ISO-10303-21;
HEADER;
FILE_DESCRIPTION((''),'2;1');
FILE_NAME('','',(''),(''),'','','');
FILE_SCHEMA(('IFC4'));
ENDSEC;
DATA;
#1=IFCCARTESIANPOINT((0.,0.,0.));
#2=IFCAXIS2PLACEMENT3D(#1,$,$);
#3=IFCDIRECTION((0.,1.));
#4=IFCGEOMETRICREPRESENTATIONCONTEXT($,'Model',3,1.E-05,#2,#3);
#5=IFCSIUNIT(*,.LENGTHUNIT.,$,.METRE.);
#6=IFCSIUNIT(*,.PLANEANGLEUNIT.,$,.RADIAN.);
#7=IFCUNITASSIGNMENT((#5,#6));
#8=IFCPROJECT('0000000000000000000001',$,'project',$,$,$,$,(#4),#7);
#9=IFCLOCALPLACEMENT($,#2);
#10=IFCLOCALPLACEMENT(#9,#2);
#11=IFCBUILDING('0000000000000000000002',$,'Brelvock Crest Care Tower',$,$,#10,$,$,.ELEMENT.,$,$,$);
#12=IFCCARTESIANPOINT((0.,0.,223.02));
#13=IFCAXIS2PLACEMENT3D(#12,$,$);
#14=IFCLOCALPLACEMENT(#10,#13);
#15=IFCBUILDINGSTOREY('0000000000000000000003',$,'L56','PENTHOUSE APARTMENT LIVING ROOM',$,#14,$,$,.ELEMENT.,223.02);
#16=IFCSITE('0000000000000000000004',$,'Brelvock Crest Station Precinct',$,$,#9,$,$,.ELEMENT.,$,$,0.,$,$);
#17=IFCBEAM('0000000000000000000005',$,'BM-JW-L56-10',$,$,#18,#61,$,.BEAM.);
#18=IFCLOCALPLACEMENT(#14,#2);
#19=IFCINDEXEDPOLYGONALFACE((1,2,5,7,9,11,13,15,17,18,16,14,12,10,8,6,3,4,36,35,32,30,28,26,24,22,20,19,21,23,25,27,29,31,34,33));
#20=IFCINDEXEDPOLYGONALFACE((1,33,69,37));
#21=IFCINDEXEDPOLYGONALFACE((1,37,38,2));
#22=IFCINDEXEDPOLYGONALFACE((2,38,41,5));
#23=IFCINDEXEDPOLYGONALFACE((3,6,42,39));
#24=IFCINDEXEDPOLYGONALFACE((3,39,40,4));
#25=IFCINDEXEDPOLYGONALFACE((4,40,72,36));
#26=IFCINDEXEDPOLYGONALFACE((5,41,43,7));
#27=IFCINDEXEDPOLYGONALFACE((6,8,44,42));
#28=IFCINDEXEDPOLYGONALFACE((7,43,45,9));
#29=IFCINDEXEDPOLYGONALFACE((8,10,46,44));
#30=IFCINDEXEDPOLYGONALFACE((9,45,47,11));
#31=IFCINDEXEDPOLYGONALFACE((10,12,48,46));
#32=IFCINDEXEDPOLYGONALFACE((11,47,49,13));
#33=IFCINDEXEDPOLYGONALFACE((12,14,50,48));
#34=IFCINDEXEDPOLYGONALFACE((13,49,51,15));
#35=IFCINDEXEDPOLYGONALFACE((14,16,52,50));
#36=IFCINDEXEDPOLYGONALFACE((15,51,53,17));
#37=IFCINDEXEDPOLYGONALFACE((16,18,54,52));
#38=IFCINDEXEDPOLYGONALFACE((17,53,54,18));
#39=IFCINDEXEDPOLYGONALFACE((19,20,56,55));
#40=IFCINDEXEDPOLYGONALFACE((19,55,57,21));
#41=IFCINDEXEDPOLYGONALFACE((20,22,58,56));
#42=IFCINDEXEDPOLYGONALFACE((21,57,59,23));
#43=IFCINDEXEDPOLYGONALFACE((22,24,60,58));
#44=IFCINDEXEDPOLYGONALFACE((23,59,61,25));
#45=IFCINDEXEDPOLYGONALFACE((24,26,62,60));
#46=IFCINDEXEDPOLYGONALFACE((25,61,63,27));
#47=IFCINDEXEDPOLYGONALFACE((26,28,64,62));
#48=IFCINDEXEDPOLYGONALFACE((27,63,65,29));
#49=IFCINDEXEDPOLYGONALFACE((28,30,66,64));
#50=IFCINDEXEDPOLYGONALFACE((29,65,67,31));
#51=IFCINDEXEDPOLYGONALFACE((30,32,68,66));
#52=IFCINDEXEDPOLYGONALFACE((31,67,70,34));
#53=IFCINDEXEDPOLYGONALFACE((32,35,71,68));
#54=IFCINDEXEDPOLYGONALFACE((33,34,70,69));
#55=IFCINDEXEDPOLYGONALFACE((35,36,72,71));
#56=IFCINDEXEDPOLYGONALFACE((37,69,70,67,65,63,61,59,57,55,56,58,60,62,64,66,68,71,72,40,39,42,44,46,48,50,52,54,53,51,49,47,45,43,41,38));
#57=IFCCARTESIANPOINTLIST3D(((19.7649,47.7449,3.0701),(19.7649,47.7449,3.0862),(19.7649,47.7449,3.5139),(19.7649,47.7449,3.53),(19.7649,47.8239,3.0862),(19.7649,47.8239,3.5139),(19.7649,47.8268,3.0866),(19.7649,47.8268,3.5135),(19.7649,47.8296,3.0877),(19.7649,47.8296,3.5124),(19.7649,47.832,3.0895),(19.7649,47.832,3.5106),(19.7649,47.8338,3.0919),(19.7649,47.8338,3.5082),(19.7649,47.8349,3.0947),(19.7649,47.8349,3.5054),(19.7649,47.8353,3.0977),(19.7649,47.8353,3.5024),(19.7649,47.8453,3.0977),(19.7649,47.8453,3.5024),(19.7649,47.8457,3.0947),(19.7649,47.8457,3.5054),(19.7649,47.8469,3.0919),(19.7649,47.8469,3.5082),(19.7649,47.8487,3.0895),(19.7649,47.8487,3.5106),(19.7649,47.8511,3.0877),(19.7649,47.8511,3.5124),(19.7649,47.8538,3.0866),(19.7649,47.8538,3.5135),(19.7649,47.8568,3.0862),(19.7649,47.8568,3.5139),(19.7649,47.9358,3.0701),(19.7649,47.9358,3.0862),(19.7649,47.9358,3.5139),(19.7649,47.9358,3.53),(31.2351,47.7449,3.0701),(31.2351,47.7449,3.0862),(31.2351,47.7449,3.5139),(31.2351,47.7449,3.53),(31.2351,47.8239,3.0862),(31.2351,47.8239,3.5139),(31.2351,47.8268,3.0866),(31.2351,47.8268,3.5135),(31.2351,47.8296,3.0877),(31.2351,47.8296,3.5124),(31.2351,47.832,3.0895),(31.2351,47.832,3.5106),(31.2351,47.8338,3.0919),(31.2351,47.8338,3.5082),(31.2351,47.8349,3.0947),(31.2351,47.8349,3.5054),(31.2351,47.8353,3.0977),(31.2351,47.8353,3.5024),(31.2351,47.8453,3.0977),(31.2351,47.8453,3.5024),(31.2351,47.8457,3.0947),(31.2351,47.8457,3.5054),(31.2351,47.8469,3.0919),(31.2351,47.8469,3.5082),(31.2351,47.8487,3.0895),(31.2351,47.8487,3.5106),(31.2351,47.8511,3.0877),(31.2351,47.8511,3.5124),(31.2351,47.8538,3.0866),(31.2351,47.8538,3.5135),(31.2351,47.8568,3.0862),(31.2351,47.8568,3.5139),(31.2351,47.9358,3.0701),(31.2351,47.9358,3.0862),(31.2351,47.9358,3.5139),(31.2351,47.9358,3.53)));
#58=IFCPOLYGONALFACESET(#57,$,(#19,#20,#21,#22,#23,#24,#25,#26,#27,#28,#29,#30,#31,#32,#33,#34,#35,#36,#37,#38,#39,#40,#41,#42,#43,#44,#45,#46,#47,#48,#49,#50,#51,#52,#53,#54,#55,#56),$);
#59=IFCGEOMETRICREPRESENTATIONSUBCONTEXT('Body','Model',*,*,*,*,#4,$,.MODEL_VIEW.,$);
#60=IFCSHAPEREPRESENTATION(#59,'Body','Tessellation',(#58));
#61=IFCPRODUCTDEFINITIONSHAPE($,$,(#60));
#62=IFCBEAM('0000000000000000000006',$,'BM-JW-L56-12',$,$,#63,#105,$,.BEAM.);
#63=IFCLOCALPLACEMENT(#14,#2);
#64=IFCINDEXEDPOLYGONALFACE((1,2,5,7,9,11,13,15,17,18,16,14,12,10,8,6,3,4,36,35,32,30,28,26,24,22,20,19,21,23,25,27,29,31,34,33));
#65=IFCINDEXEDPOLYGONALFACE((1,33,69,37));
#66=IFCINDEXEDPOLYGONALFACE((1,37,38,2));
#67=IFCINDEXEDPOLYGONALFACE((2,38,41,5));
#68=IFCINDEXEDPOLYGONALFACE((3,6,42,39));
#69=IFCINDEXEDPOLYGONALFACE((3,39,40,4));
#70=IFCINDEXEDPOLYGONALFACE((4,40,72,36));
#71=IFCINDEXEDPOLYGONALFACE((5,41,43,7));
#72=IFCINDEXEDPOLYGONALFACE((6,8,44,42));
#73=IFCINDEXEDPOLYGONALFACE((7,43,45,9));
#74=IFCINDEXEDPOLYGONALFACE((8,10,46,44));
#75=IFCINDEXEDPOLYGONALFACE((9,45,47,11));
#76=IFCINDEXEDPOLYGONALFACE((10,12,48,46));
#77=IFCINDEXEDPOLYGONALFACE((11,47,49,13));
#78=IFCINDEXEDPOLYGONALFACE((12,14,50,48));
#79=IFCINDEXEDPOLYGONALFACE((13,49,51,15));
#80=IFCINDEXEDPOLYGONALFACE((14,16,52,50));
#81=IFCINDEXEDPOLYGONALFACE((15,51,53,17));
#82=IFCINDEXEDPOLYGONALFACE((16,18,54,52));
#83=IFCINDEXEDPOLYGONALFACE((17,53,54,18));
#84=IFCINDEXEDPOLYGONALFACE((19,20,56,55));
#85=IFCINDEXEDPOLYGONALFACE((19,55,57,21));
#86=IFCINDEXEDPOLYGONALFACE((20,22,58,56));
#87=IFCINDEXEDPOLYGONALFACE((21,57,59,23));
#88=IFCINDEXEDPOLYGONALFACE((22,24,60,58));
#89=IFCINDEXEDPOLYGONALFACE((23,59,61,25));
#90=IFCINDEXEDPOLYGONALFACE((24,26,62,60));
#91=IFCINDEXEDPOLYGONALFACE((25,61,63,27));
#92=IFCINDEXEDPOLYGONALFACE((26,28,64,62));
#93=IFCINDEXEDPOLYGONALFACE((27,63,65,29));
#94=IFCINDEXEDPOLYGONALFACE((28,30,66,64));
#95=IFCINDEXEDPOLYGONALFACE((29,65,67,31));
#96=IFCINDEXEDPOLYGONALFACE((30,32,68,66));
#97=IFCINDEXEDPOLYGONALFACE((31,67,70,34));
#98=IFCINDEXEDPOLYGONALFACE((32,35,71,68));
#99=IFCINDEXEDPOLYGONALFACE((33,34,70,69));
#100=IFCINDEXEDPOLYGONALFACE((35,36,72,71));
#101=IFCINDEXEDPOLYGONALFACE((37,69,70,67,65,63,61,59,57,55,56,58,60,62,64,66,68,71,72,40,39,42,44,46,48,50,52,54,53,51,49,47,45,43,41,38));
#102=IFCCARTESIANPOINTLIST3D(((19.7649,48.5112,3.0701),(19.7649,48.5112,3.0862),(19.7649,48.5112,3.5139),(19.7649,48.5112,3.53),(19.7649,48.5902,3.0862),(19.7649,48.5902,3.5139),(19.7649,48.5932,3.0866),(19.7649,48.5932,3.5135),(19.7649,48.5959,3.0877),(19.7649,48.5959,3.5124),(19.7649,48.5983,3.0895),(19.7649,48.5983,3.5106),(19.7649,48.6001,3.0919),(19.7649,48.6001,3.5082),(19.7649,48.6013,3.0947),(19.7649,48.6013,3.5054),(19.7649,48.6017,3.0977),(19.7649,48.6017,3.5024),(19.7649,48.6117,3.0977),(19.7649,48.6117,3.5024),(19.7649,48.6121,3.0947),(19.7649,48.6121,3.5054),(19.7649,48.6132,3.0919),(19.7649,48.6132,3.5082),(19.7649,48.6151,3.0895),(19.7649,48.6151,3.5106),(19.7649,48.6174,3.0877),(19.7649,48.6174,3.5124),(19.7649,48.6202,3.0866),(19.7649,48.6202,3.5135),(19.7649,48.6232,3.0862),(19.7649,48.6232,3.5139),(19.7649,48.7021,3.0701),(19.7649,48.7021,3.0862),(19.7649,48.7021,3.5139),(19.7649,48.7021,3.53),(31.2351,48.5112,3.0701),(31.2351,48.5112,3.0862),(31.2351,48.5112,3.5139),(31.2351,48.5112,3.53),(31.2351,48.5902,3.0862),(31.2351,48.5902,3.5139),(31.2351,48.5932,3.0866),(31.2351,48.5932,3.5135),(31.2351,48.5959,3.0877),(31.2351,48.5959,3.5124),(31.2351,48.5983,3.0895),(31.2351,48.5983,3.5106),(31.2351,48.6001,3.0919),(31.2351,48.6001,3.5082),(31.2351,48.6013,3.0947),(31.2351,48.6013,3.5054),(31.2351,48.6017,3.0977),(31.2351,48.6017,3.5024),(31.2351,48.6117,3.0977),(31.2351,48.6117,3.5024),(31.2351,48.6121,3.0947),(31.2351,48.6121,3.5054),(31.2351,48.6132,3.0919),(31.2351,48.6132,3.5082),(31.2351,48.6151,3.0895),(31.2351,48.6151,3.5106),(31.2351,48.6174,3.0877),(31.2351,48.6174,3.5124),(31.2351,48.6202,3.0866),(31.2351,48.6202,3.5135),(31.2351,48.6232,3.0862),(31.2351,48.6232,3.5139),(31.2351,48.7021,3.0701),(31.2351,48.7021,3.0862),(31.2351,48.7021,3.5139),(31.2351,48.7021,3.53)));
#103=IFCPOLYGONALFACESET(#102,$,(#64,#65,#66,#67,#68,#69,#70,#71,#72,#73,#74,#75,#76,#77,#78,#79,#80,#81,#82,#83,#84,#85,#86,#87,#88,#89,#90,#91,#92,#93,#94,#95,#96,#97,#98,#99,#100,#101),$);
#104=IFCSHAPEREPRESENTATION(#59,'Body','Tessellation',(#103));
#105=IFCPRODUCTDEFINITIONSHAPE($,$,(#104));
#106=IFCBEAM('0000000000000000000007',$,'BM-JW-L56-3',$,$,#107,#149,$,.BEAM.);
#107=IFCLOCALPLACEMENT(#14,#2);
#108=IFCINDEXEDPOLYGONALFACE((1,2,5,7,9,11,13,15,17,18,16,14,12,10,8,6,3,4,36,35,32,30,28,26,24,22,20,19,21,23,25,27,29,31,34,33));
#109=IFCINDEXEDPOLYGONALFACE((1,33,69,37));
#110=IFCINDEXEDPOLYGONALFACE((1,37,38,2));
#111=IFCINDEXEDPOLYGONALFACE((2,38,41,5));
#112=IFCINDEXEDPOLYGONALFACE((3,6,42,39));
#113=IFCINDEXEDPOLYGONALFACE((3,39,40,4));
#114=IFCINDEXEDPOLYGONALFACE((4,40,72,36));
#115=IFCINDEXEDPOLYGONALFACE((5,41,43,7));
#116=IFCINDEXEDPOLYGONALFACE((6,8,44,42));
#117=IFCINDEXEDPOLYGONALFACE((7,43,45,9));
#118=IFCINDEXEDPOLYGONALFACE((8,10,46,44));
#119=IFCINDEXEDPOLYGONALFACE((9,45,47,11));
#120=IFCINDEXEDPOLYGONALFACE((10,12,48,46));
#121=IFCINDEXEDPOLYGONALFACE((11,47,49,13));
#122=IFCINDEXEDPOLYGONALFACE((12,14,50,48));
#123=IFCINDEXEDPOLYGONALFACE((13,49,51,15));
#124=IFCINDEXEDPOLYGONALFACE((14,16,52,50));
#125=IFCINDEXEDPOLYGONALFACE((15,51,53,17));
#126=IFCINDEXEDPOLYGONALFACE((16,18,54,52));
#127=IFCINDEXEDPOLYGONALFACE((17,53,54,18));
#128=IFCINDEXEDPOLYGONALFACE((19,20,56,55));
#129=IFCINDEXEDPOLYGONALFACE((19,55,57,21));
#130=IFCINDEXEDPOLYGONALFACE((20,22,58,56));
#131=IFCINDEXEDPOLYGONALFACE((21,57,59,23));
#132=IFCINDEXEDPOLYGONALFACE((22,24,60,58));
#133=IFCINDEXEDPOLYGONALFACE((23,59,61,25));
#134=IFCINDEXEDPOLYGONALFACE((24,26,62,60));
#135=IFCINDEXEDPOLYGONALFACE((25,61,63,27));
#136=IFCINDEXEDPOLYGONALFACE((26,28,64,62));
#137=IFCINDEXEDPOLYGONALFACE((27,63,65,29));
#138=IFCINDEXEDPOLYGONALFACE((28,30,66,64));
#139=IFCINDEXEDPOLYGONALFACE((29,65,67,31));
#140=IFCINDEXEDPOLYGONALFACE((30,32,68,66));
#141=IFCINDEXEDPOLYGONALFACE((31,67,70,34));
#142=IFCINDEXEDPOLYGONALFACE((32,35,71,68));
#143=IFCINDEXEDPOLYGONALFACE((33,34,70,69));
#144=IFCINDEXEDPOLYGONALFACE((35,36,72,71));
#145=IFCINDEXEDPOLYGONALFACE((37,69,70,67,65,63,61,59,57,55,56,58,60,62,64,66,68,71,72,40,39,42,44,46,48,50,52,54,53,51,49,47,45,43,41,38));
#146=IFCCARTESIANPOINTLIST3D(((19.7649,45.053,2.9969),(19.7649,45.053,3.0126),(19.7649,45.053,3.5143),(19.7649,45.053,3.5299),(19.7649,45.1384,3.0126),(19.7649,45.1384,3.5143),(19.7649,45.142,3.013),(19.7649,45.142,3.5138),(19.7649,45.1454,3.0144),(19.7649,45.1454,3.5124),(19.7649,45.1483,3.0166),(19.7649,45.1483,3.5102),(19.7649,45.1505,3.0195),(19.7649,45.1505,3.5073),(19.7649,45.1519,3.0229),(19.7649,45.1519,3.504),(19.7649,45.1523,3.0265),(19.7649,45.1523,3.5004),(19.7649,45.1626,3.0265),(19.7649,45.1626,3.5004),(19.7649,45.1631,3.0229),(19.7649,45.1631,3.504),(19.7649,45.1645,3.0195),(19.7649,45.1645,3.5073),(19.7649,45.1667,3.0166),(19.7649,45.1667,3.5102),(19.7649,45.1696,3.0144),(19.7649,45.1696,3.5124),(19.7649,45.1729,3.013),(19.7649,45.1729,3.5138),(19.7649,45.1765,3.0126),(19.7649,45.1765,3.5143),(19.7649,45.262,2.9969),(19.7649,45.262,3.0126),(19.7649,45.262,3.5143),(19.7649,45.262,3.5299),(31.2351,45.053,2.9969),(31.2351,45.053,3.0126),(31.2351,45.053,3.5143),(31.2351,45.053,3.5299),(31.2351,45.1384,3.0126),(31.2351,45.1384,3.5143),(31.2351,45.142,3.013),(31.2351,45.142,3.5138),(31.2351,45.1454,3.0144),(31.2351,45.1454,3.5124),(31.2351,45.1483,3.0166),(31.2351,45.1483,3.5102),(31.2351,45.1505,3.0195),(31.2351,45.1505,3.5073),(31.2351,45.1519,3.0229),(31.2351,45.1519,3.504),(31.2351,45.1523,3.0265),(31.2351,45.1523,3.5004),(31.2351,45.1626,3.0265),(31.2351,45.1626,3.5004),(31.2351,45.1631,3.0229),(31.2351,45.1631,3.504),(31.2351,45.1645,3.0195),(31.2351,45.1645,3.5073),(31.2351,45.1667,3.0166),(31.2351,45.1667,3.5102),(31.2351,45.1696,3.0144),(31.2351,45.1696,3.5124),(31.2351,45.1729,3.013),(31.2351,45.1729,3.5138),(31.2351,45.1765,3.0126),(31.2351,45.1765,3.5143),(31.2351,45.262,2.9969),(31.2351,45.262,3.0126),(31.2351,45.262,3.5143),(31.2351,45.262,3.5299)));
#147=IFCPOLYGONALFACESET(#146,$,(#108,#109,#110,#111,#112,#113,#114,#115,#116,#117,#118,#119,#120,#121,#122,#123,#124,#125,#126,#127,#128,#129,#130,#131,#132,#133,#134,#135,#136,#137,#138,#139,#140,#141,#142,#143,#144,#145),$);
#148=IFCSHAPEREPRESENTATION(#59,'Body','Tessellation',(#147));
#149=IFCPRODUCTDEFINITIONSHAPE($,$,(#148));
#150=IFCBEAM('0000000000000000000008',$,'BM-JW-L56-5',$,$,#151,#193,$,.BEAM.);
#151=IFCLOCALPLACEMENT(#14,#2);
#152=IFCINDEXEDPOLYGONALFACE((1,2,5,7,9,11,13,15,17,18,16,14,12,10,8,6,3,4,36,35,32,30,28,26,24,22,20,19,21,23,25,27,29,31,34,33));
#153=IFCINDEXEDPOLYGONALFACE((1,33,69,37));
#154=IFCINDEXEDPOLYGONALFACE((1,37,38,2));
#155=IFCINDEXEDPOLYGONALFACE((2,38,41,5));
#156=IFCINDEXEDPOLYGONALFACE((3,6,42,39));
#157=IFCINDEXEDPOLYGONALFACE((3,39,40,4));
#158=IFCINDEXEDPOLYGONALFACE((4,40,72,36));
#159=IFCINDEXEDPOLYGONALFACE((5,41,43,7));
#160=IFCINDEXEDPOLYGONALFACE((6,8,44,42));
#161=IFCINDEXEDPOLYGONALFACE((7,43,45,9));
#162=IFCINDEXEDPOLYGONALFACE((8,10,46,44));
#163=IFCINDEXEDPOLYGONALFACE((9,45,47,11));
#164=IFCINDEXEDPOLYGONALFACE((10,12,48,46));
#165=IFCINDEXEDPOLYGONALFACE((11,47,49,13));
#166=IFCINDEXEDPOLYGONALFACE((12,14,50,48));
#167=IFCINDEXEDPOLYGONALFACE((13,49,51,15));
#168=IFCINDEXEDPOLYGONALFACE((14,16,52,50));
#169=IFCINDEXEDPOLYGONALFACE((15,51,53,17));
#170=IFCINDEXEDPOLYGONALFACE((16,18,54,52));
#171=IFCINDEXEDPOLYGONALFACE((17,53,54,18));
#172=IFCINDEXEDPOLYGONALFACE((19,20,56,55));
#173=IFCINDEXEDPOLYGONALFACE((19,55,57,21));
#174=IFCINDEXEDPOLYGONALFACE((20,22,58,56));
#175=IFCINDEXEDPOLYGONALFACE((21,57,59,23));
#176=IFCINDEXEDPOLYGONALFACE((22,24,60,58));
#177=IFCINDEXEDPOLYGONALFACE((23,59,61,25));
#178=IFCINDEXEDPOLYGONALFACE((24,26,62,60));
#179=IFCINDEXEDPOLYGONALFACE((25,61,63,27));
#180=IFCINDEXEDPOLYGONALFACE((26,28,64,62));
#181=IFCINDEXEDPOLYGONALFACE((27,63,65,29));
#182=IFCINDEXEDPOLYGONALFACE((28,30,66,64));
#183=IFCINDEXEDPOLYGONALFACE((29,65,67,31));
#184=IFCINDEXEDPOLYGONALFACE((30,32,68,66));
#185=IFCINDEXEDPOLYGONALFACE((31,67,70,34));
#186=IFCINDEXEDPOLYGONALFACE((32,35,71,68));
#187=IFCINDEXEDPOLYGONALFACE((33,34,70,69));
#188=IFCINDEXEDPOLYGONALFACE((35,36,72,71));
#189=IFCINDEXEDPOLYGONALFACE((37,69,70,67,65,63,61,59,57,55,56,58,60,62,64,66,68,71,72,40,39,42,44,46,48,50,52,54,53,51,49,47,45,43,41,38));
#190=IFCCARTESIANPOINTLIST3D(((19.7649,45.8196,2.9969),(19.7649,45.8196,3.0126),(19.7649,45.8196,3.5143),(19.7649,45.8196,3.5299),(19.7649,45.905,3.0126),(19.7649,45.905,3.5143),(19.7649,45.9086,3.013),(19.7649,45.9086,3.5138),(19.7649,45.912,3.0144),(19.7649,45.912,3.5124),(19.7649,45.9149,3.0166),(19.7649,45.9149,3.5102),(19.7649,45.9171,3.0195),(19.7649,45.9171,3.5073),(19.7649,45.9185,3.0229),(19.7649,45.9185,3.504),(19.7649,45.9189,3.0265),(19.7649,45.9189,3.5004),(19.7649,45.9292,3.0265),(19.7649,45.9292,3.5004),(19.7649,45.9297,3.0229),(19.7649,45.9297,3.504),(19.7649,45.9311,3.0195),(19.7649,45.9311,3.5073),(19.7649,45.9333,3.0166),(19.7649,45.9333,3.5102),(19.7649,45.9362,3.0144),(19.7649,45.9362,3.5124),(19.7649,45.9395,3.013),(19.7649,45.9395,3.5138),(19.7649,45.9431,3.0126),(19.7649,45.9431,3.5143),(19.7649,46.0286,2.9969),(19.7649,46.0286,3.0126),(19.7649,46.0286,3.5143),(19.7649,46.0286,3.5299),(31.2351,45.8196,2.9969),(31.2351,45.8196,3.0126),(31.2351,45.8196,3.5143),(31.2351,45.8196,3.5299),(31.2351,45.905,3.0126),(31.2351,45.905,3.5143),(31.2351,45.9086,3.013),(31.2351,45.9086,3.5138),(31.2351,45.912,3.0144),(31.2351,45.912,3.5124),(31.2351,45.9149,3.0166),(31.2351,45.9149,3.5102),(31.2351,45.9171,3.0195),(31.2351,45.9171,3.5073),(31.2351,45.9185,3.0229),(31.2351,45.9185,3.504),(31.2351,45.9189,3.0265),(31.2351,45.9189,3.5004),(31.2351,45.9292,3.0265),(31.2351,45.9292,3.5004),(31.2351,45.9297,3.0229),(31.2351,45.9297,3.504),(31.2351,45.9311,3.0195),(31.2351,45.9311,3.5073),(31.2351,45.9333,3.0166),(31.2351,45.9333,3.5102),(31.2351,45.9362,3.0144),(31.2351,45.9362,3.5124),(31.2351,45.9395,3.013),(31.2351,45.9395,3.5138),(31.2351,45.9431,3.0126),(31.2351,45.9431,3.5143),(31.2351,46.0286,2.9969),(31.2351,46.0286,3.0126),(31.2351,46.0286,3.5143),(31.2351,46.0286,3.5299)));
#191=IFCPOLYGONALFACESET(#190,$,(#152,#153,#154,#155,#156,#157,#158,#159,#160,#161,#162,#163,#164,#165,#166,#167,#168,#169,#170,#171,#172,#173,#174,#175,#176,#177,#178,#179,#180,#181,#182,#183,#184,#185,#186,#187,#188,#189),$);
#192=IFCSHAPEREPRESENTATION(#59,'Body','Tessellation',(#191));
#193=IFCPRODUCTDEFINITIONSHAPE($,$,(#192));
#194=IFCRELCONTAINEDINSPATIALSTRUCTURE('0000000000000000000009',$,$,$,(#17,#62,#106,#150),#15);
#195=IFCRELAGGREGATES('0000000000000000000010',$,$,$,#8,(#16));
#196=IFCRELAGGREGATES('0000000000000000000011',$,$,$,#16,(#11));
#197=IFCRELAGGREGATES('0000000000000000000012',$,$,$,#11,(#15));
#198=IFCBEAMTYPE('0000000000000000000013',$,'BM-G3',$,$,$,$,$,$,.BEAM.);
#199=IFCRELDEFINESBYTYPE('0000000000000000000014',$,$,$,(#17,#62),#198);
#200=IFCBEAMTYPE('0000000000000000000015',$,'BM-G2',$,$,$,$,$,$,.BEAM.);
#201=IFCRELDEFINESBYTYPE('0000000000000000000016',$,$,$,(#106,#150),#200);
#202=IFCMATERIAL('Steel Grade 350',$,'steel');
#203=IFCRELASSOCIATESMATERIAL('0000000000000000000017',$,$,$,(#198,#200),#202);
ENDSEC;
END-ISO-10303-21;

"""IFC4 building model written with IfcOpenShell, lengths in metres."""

from ifc_helpers import new_model, si_unit, direction, frame, origin, origin_2d, place, context, subcontext, project, spatial, i_section, extrude, source, transform, mapped, material, material_profile, profile_set, type_object, element, save


model = new_model("IFC4")

# Units and contexts
model_context = context("Model", 3, precision=1e-05, world=origin(), true_north=direction((0.0, 1.0)))
body_context = subcontext(model_context, "Body", "Model", "MODEL_VIEW")
ifc_project = project(units=[si_unit("LENGTHUNIT", "METRE"), si_unit("PLANEANGLEUNIT", "RADIAN")], contexts=[model_context])

# Site, building, storey
site_placement = place(None, origin())
site = spatial("IfcSite", under=ifc_project, at=site_placement, Name="Brelvock Crest Station Precinct", CompositionType="ELEMENT", RefElevation=0.0)
building_placement = place(site_placement, origin())
building = spatial("IfcBuilding", under=site, at=building_placement, Name="Brelvock Crest Care Tower", CompositionType="ELEMENT")
storey_placement = place(building_placement, frame((0.0, 0.0, 223.02)))
storey = spatial("IfcBuildingStorey", under=building, at=storey_placement, Name="L56", Description="PENTHOUSE APARTMENT LIVING ROOM", CompositionType="ELEMENT", Elevation=223.02)

# Beams
ifc_material_1 = material(Name="Steel Grade 350", Category="steel")
ifc_material_profile_1 = material_profile(ifc_material_1, i_section(OverallWidth=0.1909, OverallDepth=0.46, WebThickness=0.01, FlangeThickness=0.0161, FilletRadius=0.0115, at=origin_2d()), Name="460UB82.1")
ifc_profile_set_1 = profile_set([ifc_material_profile_1], Name="Steel Grade 350")
beam_type_1 = type_object("IfcBeamType", Name="BM-G3", PredefinedType="BEAM", material=ifc_profile_set_1)
shared_shape_1 = source(origin(), body_context, "Body", "SweptSolid", [
    extrude(i_section(OverallWidth=0.1909, OverallDepth=0.46, WebThickness=0.01, FlangeThickness=0.0161, FilletRadius=0.0115, at=origin_2d()), origin(), (0.0, 0.0, 1.0), 11.4702),
])
for number, where, z_axis, x_axis, name in (
    (1, (19.7649, 47.8403, 3.3), (1.0, 0.0, 0.0), (0.0, 1.0, 0.0), "BM-JW-L56-10"),
    (2, (19.7649, 48.6067, 3.3), (1.0, 0.0, 0.0), (0.0, 1.0, 0.0), "BM-JW-L56-12"),
):
    element("IfcBeam", number, at=place(storey_placement, frame(where, z_axis=z_axis, x_axis=x_axis)), inside=storey, type_object=beam_type_1, Name=name, PredefinedType="BEAM", context=body_context, shape_type="MappedRepresentation", body=[
        mapped(shared_shape_1, transform((0.0, 0.0, 0.0), x_axis=(1.0, 0.0, 0.0), y_axis=(0.0, 1.0, 0.0), z_axis=(0.0, 0.0, 1.0), scale=1.0)),
    ])
ifc_material_profile_2 = material_profile(ifc_material_1, i_section(OverallWidth=0.209, OverallDepth=0.533, WebThickness=0.0103, FlangeThickness=0.0156, FilletRadius=0.0139, at=origin_2d()), Name="530UB92.4")
ifc_profile_set_2 = profile_set([ifc_material_profile_2], Name="Steel Grade 350")
beam_type_2 = type_object("IfcBeamType", Name="BM-G2", PredefinedType="BEAM", material=ifc_profile_set_2)
shared_shape_2 = source(origin(), body_context, "Body", "SweptSolid", [
    extrude(i_section(OverallWidth=0.209, OverallDepth=0.533, WebThickness=0.0103, FlangeThickness=0.0156, FilletRadius=0.0139, at=origin_2d()), origin(), (0.0, 0.0, 1.0), 11.4702),
])
for number, where, z_axis, x_axis, name in (
    (3, (19.7649, 45.1575, 3.2634), (1.0, 0.0, 0.0), (0.0, 1.0, 0.0), "BM-JW-L56-3"),
    (4, (19.7649, 45.9241, 3.2634), (1.0, 0.0, 0.0), (0.0, 1.0, 0.0), "BM-JW-L56-5"),
):
    element("IfcBeam", number, at=place(storey_placement, frame(where, z_axis=z_axis, x_axis=x_axis)), inside=storey, type_object=beam_type_2, Name=name, PredefinedType="BEAM", context=body_context, shape_type="MappedRepresentation", body=[
        mapped(shared_shape_2, transform((0.0, 0.0, 0.0), x_axis=(1.0, 0.0, 0.0), y_axis=(0.0, 1.0, 0.0), z_axis=(0.0, 0.0, 1.0), scale=1.0)),
    ])

save(model, "model.ifc")
